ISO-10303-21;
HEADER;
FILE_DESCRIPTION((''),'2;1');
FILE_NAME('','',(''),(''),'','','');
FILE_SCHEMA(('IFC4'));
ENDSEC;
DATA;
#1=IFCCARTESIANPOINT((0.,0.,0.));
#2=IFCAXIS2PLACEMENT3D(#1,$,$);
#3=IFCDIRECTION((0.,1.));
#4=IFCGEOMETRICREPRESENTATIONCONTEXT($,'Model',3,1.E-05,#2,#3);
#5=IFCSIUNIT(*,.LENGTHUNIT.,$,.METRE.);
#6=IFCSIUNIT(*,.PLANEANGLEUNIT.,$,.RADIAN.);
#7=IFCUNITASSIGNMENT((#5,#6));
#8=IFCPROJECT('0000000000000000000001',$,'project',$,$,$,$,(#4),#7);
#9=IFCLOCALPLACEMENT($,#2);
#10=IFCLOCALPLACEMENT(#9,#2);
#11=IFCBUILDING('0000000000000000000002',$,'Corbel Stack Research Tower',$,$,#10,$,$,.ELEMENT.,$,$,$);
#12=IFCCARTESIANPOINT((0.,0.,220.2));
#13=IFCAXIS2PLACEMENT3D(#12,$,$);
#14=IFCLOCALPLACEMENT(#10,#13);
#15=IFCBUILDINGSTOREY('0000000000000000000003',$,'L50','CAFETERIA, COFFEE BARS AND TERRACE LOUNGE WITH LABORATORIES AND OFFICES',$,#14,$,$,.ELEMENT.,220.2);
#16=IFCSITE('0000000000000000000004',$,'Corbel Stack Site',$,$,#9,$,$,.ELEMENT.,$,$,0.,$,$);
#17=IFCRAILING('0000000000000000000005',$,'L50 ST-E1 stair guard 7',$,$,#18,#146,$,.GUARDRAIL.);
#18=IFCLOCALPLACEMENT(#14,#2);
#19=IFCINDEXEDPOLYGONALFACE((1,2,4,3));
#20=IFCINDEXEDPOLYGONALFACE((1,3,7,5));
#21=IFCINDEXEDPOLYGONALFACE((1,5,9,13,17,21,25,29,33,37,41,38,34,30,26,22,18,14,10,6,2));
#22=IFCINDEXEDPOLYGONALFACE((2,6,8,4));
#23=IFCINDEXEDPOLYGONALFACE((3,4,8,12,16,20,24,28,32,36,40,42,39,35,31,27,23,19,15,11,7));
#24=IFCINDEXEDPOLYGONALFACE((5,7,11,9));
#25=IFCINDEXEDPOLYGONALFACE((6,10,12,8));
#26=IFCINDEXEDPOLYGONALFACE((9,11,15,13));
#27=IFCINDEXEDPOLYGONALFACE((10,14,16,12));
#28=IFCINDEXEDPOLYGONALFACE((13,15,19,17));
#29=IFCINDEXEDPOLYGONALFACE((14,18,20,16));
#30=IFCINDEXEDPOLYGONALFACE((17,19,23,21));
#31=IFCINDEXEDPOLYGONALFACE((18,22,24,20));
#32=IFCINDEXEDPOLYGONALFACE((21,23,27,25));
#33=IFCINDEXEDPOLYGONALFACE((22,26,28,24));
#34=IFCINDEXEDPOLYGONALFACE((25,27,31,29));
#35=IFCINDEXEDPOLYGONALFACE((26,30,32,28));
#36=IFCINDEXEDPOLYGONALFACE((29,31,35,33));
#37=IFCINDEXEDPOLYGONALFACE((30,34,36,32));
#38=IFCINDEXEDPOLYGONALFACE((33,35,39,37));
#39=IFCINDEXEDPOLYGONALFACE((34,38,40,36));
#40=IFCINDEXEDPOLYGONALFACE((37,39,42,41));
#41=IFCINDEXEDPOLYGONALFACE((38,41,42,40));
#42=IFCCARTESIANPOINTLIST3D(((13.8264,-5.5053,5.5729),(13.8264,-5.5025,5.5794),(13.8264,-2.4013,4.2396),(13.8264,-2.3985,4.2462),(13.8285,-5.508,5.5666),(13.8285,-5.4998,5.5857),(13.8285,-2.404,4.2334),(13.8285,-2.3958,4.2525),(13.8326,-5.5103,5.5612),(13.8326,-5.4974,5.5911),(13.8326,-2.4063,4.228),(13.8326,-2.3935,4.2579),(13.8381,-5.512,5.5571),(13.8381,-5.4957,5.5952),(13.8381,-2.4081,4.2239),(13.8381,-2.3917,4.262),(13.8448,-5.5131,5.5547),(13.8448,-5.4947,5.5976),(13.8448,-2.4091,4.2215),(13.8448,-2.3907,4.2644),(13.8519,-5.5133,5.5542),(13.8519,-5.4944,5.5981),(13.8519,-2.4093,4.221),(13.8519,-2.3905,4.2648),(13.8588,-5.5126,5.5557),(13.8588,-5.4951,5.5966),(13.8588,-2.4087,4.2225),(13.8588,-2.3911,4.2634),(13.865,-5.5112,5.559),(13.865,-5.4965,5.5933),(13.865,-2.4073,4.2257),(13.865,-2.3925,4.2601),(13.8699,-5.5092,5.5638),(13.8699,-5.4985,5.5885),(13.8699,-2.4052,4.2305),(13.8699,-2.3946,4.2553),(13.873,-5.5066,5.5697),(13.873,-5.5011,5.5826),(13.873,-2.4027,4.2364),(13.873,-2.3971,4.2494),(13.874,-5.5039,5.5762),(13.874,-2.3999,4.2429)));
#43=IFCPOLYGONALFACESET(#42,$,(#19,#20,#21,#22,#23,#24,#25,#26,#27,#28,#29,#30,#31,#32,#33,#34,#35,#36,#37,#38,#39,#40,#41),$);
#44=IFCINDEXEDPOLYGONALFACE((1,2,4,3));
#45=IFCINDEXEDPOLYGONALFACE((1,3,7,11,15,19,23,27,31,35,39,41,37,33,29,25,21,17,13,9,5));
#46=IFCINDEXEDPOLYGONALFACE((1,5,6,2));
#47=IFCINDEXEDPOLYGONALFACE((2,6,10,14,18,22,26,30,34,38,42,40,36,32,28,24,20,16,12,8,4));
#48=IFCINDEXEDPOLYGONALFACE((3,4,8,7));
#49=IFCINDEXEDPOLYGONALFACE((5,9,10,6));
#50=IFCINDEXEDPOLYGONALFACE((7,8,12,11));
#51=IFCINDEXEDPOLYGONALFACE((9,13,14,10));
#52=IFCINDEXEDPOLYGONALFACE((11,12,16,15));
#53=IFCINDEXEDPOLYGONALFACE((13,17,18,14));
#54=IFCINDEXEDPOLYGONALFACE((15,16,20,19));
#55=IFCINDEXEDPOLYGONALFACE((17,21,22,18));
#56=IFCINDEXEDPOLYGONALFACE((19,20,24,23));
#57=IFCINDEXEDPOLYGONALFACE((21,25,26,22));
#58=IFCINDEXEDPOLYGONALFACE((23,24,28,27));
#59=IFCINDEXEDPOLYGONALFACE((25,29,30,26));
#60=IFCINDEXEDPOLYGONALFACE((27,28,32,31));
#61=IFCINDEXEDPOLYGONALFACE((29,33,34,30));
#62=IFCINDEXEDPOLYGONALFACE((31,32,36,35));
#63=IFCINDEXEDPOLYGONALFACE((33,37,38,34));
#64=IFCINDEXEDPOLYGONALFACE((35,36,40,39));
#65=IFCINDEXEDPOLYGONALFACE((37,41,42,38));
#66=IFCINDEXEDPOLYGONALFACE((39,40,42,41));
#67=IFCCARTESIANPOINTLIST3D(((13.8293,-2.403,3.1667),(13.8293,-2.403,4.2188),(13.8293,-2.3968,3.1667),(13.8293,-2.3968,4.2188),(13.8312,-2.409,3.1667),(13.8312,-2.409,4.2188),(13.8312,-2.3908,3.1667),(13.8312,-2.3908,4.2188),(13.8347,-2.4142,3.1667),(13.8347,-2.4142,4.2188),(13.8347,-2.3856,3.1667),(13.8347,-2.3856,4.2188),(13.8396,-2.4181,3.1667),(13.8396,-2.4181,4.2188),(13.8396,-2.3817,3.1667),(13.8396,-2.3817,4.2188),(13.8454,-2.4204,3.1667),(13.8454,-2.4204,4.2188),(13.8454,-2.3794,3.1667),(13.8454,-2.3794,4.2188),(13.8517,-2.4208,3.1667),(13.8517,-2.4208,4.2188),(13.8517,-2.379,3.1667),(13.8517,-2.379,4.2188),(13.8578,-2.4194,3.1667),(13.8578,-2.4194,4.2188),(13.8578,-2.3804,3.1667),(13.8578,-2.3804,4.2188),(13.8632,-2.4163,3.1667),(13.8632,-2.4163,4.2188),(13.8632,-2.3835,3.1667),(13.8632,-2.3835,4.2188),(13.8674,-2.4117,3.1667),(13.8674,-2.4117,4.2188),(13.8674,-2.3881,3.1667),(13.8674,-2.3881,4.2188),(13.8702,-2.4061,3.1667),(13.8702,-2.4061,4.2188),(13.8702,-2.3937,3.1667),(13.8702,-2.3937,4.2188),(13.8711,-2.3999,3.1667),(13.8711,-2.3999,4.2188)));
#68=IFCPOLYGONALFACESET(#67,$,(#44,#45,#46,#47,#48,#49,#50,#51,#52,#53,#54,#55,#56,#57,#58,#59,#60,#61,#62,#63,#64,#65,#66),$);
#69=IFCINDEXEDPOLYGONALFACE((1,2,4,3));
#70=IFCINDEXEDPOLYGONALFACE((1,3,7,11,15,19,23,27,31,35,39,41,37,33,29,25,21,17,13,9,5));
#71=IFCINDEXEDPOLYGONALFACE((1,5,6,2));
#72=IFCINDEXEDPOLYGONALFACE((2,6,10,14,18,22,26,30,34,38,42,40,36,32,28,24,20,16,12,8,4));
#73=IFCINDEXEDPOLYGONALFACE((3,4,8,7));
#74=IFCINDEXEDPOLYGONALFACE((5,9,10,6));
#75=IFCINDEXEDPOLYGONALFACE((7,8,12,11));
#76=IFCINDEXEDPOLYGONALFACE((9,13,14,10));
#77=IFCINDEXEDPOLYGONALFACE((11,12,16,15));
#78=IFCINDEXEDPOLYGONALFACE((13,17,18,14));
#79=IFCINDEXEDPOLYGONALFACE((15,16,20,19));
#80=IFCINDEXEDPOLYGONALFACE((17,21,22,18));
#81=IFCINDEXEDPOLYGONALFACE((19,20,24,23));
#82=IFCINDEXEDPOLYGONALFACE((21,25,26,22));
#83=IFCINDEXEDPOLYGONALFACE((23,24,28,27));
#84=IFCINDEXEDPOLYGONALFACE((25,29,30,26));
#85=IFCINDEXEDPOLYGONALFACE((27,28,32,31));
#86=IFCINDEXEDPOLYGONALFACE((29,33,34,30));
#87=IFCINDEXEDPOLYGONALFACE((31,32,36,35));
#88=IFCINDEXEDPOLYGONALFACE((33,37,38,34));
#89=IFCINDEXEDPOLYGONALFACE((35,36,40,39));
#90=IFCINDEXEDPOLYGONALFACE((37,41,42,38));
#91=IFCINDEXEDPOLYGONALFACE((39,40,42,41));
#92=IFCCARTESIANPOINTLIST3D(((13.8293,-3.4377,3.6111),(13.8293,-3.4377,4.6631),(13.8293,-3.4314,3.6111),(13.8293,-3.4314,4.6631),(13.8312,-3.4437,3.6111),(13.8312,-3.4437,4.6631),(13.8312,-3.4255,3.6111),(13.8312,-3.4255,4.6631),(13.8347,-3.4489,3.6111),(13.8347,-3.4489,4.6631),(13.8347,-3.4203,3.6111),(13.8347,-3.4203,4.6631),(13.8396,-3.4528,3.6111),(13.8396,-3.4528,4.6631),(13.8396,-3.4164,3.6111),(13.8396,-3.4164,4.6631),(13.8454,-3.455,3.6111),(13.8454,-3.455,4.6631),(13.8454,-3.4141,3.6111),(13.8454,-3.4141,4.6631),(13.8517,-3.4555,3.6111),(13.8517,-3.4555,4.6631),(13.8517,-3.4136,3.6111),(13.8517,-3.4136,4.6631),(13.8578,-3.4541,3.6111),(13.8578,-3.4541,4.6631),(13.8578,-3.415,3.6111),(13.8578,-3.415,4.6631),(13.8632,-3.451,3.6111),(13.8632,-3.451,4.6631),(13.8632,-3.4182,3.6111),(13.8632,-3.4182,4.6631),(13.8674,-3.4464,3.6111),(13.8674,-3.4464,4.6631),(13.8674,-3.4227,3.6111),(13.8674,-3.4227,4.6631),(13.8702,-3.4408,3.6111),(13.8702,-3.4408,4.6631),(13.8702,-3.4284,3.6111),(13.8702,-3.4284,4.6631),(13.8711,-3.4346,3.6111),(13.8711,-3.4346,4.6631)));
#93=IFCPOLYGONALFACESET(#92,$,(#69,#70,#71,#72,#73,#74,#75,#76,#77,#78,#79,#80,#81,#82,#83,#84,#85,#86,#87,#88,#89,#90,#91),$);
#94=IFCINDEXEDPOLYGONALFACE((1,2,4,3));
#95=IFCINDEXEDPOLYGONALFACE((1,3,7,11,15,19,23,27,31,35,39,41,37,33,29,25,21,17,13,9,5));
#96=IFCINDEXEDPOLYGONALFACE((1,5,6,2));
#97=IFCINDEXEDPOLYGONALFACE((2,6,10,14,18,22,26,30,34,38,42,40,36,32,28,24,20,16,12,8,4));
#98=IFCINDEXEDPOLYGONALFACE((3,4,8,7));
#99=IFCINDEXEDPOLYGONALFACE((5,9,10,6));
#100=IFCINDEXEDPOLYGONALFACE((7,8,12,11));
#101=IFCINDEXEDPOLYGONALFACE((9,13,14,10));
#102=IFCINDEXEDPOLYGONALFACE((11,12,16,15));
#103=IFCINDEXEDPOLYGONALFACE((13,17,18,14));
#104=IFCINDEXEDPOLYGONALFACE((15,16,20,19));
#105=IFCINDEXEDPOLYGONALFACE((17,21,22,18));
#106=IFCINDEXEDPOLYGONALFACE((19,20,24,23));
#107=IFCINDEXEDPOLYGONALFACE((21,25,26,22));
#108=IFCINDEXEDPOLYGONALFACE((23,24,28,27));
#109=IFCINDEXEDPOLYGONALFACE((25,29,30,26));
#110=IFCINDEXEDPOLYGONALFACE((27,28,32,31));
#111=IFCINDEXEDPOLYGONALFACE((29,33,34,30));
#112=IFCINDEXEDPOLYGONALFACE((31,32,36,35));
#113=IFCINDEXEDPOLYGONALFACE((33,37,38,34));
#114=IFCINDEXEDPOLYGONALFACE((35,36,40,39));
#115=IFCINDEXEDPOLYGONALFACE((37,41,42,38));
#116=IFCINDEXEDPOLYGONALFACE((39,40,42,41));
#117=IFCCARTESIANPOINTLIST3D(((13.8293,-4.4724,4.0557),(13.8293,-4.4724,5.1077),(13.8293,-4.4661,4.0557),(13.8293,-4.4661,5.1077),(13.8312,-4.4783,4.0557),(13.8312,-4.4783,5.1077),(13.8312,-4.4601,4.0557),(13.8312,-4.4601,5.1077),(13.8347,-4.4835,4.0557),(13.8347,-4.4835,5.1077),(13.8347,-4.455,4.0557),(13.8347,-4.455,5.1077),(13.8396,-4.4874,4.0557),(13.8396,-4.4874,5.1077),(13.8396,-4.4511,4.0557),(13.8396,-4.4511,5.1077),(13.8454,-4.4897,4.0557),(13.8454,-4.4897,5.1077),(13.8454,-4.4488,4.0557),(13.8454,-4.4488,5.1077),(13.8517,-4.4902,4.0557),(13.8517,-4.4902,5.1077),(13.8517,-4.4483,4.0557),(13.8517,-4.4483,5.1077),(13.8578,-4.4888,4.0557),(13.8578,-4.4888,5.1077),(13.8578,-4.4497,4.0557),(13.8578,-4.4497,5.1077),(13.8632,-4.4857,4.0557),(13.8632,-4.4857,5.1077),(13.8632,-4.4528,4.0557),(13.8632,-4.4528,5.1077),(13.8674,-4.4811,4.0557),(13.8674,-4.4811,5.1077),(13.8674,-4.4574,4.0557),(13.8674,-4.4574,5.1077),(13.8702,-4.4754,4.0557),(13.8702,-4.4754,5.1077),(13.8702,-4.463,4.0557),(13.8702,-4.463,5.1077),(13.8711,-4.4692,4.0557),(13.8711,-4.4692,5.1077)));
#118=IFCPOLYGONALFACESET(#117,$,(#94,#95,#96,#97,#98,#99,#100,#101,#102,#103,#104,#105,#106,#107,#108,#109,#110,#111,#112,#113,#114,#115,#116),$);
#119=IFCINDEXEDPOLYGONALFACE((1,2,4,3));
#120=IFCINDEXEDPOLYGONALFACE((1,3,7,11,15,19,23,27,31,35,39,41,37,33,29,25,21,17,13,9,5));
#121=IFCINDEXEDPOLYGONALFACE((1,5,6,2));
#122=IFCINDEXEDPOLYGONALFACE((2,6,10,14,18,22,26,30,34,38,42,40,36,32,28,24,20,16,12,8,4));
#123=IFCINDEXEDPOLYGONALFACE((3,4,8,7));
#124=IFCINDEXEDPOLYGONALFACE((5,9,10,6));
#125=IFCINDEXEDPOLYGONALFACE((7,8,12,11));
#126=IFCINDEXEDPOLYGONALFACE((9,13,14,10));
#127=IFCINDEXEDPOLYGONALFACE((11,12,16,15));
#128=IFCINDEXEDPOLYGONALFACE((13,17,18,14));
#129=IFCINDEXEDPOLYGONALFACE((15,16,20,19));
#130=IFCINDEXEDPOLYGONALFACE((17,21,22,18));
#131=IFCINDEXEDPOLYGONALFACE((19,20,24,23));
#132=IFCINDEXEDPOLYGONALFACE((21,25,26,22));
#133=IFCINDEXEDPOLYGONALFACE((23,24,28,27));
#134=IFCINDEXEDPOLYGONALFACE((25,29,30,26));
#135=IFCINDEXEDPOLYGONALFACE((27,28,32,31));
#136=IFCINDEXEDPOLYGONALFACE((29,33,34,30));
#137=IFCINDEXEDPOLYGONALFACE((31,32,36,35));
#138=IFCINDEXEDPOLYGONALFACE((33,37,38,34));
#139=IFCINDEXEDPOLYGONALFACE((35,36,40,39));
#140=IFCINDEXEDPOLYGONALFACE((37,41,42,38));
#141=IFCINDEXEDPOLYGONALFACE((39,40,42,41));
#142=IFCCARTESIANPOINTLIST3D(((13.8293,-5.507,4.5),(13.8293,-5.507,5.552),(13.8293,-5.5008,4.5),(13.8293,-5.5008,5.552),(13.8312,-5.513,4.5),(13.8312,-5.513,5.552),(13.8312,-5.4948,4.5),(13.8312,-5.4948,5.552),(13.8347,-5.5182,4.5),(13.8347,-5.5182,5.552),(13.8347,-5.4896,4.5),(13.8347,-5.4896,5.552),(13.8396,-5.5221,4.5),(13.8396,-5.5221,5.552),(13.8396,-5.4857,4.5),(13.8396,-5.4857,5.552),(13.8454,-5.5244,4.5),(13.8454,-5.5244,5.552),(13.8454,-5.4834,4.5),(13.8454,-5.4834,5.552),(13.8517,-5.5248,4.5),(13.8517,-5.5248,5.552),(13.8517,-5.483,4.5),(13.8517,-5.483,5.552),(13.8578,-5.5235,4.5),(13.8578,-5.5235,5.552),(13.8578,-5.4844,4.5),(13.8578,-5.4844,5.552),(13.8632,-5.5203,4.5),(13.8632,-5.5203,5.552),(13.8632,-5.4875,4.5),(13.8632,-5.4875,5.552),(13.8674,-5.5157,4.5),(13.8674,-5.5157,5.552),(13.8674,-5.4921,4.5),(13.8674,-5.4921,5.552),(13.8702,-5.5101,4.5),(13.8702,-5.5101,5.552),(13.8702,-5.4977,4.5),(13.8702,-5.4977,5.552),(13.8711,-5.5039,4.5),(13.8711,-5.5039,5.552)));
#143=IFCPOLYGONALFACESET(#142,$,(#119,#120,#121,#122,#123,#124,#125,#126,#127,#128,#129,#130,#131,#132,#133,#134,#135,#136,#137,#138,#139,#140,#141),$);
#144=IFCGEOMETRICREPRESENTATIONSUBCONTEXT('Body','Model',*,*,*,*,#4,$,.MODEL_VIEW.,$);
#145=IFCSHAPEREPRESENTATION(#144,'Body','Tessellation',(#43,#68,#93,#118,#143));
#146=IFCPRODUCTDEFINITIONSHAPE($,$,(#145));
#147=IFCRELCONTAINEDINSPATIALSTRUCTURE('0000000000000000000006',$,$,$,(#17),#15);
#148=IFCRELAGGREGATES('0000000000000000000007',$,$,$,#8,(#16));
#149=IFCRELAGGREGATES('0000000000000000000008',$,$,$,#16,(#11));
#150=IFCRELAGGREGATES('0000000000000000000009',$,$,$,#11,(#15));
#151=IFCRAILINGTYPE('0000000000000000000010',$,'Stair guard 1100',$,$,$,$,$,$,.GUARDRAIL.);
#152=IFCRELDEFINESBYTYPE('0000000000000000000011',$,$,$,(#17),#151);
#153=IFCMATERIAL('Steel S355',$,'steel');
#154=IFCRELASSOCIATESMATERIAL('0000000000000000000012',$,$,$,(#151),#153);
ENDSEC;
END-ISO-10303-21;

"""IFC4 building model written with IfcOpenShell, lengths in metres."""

from ifc_helpers import new_model, si_unit, direction, frame, origin, origin_2d, place, context, subcontext, project, spatial, circle, extrude, material, type_object, element, save


model = new_model("IFC4")

# Units and contexts
model_context = context("Model", 3, precision=1e-05, world=origin(), true_north=direction((0.0, 1.0)))
body_context = subcontext(model_context, "Body", "Model", "MODEL_VIEW")
ifc_project = project(units=[si_unit("LENGTHUNIT", "METRE"), si_unit("PLANEANGLEUNIT", "RADIAN")], contexts=[model_context])

# Site, building, storey
site_placement = place(None, origin())
site = spatial("IfcSite", under=ifc_project, at=site_placement, Name="Corbel Stack Site", CompositionType="ELEMENT", RefElevation=0.0)
building_placement = place(site_placement, origin())
building = spatial("IfcBuilding", under=site, at=building_placement, Name="Corbel Stack Research Tower", CompositionType="ELEMENT")
storey_placement = place(building_placement, frame((0.0, 0.0, 220.2)))
storey = spatial("IfcBuildingStorey", under=building, at=storey_placement, Name="L50", Description="CAFETERIA, COFFEE BARS AND TERRACE LOUNGE WITH LABORATORIES AND OFFICES", CompositionType="ELEMENT", Elevation=220.2)

# Railing
ifc_material_1 = material(Name="Steel S355", Category="steel")
railing_type_1 = type_object("IfcRailingType", Name="Stair guard 1100", PredefinedType="GUARDRAIL", material=ifc_material_1)
railing_1_placement = place(storey_placement, frame((13.8501, -2.3999, 3.1667)))
element("IfcRailing", 1, at=railing_1_placement, inside=storey, type_object=railing_type_1, Name="L50 ST-E1 stair guard 7", PredefinedType="GUARDRAIL", context=body_context, shape_type="SweptSolid", body=[
    extrude(circle(Radius=0.0239, at=origin_2d()), frame((0.0, 0.0, 1.0762), z_axis=(0.0, -0.918827, 0.394661), x_axis=(1.0, 0.0, 0.0)), (0.0, 0.0, 1.0), 3.3782),
    extrude(circle(Radius=0.021, at=origin_2d()), origin(), (0.0, 0.0, 1.0), 1.052),
    extrude(circle(Radius=0.021, at=origin_2d()), frame((0.0, -1.0347, 0.4443)), (0.0, 0.0, 1.0), 1.052),
    extrude(circle(Radius=0.021, at=origin_2d()), frame((0.0, -2.0693, 0.8889)), (0.0, 0.0, 1.0), 1.052),
    extrude(circle(Radius=0.021, at=origin_2d()), frame((0.0, -3.104, 1.3333)), (0.0, 0.0, 1.0), 1.052),
])

save(model, "model.ifc")
